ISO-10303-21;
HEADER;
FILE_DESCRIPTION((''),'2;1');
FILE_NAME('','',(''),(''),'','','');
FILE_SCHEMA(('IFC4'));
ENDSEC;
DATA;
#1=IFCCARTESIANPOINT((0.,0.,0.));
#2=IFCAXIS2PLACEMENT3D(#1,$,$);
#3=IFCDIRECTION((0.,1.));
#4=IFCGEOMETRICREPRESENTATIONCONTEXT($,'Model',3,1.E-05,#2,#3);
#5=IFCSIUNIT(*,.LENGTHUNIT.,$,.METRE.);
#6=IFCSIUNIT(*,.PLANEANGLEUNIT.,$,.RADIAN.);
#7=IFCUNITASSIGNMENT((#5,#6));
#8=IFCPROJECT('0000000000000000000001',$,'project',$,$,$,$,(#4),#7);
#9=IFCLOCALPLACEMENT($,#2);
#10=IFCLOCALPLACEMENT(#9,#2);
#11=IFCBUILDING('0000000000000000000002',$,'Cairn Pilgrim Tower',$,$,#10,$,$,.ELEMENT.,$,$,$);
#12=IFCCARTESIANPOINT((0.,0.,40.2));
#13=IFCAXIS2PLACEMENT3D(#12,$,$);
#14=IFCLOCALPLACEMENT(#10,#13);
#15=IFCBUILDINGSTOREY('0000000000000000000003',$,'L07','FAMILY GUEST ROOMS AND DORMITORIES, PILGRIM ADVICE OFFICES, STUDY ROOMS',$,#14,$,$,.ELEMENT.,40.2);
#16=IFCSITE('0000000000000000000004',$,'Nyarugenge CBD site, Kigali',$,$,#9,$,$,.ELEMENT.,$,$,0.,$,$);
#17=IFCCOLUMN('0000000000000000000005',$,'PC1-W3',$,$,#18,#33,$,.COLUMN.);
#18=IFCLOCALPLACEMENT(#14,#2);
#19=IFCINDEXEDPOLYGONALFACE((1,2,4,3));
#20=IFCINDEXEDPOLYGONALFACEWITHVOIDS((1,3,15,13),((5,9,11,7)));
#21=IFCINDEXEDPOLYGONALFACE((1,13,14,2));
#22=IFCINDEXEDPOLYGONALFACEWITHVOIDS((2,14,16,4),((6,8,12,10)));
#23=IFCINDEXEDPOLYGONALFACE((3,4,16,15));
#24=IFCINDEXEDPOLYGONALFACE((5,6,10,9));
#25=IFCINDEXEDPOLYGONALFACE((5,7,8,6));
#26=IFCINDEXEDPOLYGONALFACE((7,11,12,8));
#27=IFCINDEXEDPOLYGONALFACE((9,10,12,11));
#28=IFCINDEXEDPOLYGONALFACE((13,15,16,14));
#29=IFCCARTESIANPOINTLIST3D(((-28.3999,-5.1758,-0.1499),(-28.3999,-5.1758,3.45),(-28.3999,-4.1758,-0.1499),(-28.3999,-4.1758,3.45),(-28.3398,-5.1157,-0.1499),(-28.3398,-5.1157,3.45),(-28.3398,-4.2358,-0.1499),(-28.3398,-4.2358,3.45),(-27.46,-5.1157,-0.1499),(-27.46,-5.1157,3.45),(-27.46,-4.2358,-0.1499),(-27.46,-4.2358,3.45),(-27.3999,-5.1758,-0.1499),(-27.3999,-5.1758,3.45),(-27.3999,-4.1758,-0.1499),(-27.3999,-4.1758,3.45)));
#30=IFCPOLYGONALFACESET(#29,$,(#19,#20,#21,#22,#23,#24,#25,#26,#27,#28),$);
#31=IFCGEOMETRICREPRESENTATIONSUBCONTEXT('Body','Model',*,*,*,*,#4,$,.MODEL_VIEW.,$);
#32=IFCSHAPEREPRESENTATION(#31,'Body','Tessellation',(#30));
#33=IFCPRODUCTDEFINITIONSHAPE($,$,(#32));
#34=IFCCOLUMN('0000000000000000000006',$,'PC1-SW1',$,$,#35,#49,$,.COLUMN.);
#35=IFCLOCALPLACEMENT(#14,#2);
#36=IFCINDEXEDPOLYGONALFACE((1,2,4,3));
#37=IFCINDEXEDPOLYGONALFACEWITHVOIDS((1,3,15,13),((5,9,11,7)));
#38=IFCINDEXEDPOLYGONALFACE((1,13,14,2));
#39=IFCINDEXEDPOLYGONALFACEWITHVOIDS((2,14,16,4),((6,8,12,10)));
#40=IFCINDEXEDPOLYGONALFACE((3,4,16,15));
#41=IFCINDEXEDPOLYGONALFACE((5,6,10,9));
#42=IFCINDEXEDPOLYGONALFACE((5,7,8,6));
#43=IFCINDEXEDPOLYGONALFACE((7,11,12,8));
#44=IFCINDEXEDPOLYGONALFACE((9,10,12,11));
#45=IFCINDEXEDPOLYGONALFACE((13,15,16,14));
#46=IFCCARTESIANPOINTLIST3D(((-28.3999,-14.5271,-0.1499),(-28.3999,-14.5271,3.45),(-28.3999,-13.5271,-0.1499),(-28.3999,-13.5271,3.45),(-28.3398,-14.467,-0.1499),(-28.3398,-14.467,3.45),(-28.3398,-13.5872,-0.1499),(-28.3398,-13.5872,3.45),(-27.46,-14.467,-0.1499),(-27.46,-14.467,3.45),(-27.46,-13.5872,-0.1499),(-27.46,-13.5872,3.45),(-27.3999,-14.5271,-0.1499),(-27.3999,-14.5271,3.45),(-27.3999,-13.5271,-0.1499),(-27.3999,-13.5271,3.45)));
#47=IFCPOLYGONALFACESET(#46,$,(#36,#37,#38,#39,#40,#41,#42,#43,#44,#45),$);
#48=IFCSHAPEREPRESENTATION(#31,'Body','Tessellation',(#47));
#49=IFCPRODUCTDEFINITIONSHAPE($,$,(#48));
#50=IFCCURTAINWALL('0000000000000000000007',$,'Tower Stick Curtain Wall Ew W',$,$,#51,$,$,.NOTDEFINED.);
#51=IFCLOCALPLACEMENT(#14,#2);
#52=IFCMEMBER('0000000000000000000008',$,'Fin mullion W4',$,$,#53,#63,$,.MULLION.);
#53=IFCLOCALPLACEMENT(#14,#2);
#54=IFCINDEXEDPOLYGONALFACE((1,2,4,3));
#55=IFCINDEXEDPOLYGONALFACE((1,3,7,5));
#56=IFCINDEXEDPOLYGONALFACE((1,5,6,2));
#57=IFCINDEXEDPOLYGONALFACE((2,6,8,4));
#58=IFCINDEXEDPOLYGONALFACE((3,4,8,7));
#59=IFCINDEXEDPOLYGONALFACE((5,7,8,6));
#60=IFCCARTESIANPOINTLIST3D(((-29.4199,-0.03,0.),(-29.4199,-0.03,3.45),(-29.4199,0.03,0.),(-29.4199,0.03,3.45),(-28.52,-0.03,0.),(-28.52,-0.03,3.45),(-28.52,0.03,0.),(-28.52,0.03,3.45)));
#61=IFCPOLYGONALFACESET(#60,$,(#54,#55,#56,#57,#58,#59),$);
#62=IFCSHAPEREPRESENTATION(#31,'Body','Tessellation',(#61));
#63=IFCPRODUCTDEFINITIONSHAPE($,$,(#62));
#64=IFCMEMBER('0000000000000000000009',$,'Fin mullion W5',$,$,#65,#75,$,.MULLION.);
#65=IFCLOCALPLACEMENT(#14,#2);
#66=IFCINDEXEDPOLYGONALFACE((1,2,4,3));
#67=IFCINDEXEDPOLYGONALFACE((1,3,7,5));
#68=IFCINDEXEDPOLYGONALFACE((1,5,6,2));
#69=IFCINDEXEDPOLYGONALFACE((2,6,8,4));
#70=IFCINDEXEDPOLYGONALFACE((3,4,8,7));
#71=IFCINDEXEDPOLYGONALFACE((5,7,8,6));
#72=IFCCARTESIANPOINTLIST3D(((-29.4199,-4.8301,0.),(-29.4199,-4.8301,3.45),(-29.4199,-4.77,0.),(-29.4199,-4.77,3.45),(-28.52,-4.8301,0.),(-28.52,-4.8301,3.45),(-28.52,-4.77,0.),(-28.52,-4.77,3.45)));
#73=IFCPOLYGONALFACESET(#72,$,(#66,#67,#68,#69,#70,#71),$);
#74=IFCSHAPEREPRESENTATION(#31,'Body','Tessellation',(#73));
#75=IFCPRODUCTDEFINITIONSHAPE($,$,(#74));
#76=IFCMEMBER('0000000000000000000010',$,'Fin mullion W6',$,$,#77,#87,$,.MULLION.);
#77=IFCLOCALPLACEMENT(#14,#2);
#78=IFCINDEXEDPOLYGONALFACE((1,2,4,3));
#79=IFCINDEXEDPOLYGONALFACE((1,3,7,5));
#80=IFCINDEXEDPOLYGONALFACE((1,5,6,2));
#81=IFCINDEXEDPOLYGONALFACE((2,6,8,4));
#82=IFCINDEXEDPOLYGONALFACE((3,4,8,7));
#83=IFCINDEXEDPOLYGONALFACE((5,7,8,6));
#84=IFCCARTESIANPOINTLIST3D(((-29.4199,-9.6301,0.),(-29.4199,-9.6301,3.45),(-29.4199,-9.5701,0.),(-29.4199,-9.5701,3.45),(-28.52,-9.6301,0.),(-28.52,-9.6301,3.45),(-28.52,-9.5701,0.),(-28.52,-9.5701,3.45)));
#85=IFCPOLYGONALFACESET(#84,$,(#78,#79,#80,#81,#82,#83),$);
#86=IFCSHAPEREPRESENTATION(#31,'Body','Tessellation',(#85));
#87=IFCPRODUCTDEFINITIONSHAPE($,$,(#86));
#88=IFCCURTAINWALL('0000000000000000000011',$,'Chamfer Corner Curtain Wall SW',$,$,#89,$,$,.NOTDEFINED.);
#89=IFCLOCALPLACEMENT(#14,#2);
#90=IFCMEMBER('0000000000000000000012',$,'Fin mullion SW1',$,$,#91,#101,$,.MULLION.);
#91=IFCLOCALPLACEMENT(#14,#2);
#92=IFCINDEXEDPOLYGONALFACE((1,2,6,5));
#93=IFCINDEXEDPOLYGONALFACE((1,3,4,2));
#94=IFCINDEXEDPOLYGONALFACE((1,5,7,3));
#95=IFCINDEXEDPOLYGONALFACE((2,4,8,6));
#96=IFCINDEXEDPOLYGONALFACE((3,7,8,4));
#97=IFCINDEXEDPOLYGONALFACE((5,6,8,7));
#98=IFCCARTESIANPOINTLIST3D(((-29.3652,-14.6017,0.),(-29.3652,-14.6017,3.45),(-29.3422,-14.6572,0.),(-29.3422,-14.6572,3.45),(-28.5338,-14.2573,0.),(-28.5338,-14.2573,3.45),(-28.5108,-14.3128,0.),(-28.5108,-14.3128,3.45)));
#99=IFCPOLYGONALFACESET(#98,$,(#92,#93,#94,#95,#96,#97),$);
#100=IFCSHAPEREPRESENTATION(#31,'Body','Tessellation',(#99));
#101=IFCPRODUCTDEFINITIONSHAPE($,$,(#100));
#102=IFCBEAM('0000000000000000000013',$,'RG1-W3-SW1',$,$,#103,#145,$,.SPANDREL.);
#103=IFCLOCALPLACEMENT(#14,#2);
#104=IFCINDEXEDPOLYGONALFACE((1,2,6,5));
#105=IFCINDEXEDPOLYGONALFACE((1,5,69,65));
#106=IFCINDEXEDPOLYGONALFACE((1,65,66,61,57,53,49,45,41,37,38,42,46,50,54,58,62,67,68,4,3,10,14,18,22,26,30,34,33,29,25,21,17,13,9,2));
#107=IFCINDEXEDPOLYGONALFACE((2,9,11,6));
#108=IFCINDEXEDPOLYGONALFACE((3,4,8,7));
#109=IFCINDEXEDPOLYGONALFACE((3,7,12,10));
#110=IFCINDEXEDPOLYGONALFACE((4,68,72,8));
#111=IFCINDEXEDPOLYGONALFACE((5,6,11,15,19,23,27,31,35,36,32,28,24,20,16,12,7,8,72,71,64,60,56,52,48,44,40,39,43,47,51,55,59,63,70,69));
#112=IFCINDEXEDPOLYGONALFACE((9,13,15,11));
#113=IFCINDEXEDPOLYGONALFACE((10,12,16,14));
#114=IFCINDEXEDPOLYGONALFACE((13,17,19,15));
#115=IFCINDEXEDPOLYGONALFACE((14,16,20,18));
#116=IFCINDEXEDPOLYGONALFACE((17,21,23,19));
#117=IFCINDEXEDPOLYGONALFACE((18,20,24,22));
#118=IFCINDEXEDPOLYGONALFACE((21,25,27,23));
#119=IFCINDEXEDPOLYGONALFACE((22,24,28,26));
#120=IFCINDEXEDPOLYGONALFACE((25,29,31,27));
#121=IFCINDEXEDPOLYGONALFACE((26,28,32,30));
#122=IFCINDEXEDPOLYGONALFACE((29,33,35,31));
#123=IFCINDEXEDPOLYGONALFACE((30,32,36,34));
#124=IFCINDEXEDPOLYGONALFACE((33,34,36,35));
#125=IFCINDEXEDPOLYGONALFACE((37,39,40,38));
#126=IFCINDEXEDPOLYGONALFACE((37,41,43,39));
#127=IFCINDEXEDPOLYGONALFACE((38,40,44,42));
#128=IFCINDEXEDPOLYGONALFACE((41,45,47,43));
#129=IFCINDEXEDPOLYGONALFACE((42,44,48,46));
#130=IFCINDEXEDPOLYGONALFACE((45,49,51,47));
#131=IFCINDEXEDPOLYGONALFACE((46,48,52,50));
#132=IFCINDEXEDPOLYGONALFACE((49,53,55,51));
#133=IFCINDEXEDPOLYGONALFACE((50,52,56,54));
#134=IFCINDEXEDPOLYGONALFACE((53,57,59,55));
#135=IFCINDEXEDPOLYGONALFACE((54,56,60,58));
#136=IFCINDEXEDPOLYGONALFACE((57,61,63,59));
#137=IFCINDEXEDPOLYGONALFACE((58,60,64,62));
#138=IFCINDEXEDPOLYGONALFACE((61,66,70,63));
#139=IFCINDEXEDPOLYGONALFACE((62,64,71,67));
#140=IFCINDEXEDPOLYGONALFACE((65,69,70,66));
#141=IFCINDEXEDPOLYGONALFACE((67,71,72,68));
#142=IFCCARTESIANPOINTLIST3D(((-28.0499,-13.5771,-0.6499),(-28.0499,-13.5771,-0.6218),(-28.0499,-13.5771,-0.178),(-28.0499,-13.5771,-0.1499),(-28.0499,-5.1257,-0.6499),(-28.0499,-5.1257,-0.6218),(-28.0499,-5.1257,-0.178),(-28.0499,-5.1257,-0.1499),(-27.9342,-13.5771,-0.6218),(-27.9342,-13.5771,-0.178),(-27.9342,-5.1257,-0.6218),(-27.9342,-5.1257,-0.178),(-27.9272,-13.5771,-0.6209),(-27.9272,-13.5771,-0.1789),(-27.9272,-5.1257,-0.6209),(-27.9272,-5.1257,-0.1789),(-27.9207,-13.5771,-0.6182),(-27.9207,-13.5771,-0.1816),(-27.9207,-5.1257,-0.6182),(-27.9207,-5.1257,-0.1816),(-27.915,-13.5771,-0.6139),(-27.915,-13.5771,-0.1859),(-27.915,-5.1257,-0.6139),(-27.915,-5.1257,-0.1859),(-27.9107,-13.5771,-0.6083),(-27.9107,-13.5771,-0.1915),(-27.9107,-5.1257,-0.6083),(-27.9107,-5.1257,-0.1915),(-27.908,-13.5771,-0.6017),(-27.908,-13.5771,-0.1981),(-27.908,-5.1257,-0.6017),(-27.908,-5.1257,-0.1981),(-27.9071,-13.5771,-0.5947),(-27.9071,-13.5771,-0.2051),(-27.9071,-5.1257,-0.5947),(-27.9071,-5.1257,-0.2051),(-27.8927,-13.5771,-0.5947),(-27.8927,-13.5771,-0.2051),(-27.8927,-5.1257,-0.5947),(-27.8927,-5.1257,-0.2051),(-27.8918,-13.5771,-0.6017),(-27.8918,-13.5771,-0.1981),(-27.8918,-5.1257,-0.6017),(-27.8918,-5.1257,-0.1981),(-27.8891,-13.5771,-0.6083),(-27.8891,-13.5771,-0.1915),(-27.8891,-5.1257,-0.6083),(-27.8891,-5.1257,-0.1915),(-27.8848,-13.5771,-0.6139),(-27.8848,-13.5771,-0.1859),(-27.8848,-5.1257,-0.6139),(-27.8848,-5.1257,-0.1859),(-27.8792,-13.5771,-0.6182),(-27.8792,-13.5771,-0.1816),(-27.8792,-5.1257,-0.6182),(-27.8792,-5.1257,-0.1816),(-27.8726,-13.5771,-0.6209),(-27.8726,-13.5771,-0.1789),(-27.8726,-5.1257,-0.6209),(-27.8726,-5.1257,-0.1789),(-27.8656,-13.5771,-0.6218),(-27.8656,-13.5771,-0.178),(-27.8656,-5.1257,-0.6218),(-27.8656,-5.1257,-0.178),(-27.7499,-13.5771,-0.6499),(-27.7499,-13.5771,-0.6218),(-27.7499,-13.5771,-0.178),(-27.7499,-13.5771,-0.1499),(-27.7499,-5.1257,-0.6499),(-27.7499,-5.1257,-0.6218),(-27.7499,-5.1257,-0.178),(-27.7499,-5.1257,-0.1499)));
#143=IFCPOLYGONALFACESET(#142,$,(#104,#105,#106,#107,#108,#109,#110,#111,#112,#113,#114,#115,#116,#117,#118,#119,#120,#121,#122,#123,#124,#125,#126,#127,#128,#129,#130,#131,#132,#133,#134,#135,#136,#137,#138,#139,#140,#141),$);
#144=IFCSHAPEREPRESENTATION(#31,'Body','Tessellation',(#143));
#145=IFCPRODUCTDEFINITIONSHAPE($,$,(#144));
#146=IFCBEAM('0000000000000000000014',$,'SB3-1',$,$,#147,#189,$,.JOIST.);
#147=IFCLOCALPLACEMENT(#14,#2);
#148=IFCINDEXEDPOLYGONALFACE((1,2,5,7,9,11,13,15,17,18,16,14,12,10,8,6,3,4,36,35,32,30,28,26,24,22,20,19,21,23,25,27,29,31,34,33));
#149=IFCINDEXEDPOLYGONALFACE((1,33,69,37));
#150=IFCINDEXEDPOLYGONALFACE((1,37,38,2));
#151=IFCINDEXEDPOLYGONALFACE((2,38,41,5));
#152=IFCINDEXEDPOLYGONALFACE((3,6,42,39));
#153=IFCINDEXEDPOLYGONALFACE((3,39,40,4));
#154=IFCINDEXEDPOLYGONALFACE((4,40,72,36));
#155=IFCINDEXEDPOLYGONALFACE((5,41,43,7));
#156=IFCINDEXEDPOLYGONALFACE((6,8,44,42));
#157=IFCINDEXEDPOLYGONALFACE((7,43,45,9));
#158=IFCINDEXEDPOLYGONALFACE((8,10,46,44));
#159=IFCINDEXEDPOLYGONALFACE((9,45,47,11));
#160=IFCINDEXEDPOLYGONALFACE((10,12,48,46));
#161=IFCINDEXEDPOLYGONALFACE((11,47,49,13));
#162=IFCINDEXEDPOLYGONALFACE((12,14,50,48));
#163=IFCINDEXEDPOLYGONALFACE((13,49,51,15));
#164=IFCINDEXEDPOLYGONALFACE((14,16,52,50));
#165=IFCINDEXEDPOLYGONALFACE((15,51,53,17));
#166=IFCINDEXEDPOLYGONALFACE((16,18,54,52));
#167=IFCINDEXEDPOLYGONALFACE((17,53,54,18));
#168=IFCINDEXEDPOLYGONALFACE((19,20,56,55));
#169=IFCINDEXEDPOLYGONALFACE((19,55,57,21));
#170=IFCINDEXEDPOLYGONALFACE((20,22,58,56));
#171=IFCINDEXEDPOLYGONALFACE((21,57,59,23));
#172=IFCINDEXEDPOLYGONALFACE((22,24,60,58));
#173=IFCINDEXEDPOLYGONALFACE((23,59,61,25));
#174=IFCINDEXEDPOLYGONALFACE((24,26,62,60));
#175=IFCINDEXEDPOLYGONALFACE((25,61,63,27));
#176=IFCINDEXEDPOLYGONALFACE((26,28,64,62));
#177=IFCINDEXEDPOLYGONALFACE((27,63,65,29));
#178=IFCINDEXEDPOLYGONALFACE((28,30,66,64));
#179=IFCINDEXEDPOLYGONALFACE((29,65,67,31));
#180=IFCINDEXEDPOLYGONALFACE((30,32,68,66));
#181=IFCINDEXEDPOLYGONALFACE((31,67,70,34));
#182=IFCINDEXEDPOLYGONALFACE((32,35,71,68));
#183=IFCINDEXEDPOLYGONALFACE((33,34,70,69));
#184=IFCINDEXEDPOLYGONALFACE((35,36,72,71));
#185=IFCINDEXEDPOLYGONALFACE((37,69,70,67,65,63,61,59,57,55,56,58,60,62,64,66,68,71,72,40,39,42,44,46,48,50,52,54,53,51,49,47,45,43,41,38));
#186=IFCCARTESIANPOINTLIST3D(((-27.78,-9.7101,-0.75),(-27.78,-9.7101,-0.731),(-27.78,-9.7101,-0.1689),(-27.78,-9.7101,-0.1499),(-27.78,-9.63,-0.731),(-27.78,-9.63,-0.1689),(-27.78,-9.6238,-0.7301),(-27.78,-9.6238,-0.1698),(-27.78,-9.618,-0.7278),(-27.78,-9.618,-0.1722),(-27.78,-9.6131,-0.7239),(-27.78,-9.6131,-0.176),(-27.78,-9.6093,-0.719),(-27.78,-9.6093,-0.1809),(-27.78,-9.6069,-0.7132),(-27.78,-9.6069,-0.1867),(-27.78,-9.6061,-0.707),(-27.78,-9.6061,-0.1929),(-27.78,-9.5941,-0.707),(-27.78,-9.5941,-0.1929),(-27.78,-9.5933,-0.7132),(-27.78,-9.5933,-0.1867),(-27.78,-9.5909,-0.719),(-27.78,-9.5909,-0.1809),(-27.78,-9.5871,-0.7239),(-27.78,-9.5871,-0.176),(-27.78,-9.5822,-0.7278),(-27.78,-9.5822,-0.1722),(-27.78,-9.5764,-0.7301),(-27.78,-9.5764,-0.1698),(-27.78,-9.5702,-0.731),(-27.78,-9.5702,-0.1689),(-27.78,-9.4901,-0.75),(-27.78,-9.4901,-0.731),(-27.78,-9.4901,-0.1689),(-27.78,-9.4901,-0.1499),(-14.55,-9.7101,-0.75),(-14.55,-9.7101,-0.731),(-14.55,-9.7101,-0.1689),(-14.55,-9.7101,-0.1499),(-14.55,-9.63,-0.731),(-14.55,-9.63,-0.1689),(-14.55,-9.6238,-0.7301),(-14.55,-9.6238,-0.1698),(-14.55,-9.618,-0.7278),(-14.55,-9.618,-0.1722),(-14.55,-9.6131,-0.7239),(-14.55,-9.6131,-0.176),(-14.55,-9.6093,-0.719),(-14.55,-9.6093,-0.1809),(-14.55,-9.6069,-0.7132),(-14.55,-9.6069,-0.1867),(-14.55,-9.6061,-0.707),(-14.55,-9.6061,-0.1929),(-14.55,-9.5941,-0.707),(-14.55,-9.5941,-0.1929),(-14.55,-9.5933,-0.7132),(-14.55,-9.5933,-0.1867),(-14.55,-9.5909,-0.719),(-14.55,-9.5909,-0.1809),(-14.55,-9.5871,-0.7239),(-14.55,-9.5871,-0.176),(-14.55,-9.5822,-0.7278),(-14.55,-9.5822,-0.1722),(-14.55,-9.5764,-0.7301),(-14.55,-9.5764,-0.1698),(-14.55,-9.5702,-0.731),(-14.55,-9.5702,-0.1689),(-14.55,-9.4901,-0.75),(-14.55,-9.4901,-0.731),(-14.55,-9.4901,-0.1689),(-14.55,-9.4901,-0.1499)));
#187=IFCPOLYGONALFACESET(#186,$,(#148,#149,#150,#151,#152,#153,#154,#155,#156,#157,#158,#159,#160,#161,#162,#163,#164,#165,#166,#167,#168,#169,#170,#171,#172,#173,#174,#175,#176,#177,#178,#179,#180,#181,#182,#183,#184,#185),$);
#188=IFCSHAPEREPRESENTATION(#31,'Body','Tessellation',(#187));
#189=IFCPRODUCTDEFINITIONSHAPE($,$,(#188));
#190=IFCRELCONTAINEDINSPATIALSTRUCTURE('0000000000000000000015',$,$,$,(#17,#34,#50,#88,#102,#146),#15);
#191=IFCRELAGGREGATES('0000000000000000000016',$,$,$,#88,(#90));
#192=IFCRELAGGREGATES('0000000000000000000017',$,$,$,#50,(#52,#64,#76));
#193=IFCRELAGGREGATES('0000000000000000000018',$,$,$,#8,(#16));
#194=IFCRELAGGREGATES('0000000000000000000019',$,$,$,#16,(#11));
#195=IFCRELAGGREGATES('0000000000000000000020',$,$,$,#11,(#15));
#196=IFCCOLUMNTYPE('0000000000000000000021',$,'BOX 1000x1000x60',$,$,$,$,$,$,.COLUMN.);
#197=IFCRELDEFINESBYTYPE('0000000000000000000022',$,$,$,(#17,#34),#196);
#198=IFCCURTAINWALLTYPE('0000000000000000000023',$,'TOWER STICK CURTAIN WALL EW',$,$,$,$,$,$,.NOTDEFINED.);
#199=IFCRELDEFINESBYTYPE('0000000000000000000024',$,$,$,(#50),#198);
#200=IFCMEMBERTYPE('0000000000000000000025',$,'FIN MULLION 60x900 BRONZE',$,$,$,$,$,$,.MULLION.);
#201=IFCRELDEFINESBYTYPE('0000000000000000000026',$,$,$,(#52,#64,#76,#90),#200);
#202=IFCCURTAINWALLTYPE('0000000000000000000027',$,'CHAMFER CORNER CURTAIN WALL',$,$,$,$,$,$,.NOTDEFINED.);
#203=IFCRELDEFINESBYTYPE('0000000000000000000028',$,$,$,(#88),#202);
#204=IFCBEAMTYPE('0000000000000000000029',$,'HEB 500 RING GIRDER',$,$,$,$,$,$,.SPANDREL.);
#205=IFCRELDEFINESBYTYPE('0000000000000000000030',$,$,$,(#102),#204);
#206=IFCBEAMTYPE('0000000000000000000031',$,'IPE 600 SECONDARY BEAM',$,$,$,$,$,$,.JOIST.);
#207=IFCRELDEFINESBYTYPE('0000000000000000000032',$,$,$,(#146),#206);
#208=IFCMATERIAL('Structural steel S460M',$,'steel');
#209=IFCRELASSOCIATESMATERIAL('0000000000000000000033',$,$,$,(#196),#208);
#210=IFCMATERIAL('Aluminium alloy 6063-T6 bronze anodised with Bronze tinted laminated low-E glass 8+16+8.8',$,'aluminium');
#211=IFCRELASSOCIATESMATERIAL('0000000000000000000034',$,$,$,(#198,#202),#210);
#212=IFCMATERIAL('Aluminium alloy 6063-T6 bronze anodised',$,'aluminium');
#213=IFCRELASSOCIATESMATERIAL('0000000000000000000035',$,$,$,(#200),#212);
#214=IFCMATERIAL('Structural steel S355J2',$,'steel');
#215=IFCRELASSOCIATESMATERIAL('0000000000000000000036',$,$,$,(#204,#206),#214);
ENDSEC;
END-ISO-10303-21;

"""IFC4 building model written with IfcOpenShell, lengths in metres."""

from ifc_helpers import new_model, si_unit, direction, frame, origin, origin_2d, place, context, subcontext, project, spatial, rectangle, hollow_rectangle, i_section, extrude, material, material_profile, profile_set, type_object, element, aggregate, save


model = new_model("IFC4")

# Units and contexts
model_context = context("Model", 3, precision=1e-05, world=origin(), true_north=direction((0.0, 1.0)))
body_context = subcontext(model_context, "Body", "Model", "MODEL_VIEW")
ifc_project = project(units=[si_unit("LENGTHUNIT", "METRE"), si_unit("PLANEANGLEUNIT", "RADIAN")], contexts=[model_context])

# Site, building, storey
site_placement = place(None, origin())
site = spatial("IfcSite", under=ifc_project, at=site_placement, Name="Nyarugenge CBD site, Kigali", CompositionType="ELEMENT", RefElevation=0.0)
building_placement = place(site_placement, origin())
building = spatial("IfcBuilding", under=site, at=building_placement, Name="Cairn Pilgrim Tower", CompositionType="ELEMENT")
storey_placement = place(building_placement, frame((0.0, 0.0, 40.2)))
storey = spatial("IfcBuildingStorey", under=building, at=storey_placement, Name="L07", Description="FAMILY GUEST ROOMS AND DORMITORIES, PILGRIM ADVICE OFFICES, STUDY ROOMS", CompositionType="ELEMENT", Elevation=40.2)

# Columns
ifc_material_1 = material(Name="Structural steel S460M", Category="steel")
ifc_material_profile_1 = material_profile(ifc_material_1, hollow_rectangle(XDim=1.0, YDim=1.0, WallThickness=0.0601, at=origin_2d()), Name="BOX 1000x1000x60")
ifc_profile_set_1 = profile_set([ifc_material_profile_1], Name="Structural steel S460M")
column_type = type_object("IfcColumnType", Name="BOX 1000x1000x60", PredefinedType="COLUMN", material=ifc_profile_set_1)
for number, where, z_axis, x_axis, name in (
    (1, (-27.8999, -4.6758, -0.1499), (0.0, 0.0, 1.0), (1.0, 0.0, 0.0), "PC1-W3"),
    (2, (-27.8999, -14.0271, -0.1499), (0.0, 0.0, 1.0), (1.0, 0.0, 0.0), "PC1-SW1"),
):
    element("IfcColumn", number, at=place(storey_placement, frame(where, z_axis=z_axis, x_axis=x_axis)), inside=storey, type_object=column_type, Name=name, PredefinedType="COLUMN", context=body_context, shape_type="SweptSolid", body=[
        extrude(hollow_rectangle(XDim=1.0, YDim=1.0, WallThickness=0.0601, at=origin_2d()), origin(), (0.0, 0.0, 1.0), 3.5999),
    ])

# Curtain wall, members
ifc_material_2 = material(Name="Aluminium alloy 6063-T6 bronze anodised with Bronze tinted laminated low-E glass 8+16+8.8", Category="aluminium")
curtain_wall_type_1 = type_object("IfcCurtainWallType", Name="TOWER STICK CURTAIN WALL EW", PredefinedType="NOTDEFINED", material=ifc_material_2)
curtain_wall_1_placement = place(storey_placement, origin())
curtain_wall_1 = element("IfcCurtainWall", 3, at=curtain_wall_1_placement, inside=storey, type_object=curtain_wall_type_1, Name="Tower Stick Curtain Wall Ew W", PredefinedType="NOTDEFINED")
ifc_material_3 = material(Name="Aluminium alloy 6063-T6 bronze anodised", Category="aluminium")
ifc_material_profile_2 = material_profile(ifc_material_3, rectangle(XDim=0.8999, YDim=0.0601, at=origin_2d()), Name="FIN MULLION 60x900 BRONZE")
ifc_profile_set_2 = profile_set([ifc_material_profile_2], Name="Aluminium alloy 6063-T6 bronze anodised")
member_type_1 = type_object("IfcMemberType", Name="FIN MULLION 60x900 BRONZE", PredefinedType="MULLION", material=ifc_profile_set_2)
member_1_placement = place(storey_placement, frame((-28.97, 0.0, 0.0), z_axis=(0.0, 0.0, 1.0), x_axis=(-1.0, 0.0, 0.0)))
member_1 = element("IfcMember", 4, at=member_1_placement, type_object=member_type_1, Name="Fin mullion W4", PredefinedType="MULLION", context=body_context, shape_type="SweptSolid", body=[
    extrude(rectangle(XDim=0.8999, YDim=0.0601, at=origin_2d()), origin(), (0.0, 0.0, 1.0), 3.45),
])
member_2_placement = place(storey_placement, frame((-28.97, -4.8, 0.0), z_axis=(0.0, 0.0, 1.0), x_axis=(-1.0, 0.0, 0.0)))
member_2 = element("IfcMember", 5, at=member_2_placement, type_object=member_type_1, Name="Fin mullion W5", PredefinedType="MULLION", context=body_context, shape_type="SweptSolid", body=[
    extrude(rectangle(XDim=0.8999, YDim=0.0601, at=origin_2d()), origin(), (0.0, 0.0, 1.0), 3.45),
])
member_3_placement = place(storey_placement, frame((-28.97, -9.6001, 0.0), z_axis=(0.0, 0.0, 1.0), x_axis=(-1.0, 0.0, 0.0)))
member_3 = element("IfcMember", 6, at=member_3_placement, type_object=member_type_1, Name="Fin mullion W6", PredefinedType="MULLION", context=body_context, shape_type="SweptSolid", body=[
    extrude(rectangle(XDim=0.8999, YDim=0.0601, at=origin_2d()), origin(), (0.0, 0.0, 1.0), 3.45),
])

# Curtain wall, member
curtain_wall_type_2 = type_object("IfcCurtainWallType", Name="CHAMFER CORNER CURTAIN WALL", PredefinedType="NOTDEFINED", material=ifc_material_2)
curtain_wall_2_placement = place(storey_placement, origin())
curtain_wall_2 = element("IfcCurtainWall", 7, at=curtain_wall_2_placement, inside=storey, type_object=curtain_wall_type_2, Name="Chamfer Corner Curtain Wall SW", PredefinedType="NOTDEFINED")
member_4_placement = place(storey_placement, frame((-28.938, -14.4573, 0.0), z_axis=(0.0, 0.0, 1.0), x_axis=(-0.92388, -0.382683, 0.0)))
member_4 = element("IfcMember", 8, at=member_4_placement, type_object=member_type_1, Name="Fin mullion SW1", PredefinedType="MULLION", context=body_context, shape_type="SweptSolid", body=[
    extrude(rectangle(XDim=0.8999, YDim=0.0601, at=origin_2d()), origin(), (0.0, 0.0, 1.0), 3.45),
])

# Beams
ifc_material_4 = material(Name="Structural steel S355J2", Category="steel")
ifc_material_profile_3 = material_profile(ifc_material_4, i_section(OverallWidth=0.3, OverallDepth=0.5, WebThickness=0.0144, FlangeThickness=0.0281, FilletRadius=0.0271, at=origin_2d()), Name="HEB 500")
ifc_profile_set_3 = profile_set([ifc_material_profile_3], Name="Structural steel S355J2")
beam_type_1 = type_object("IfcBeamType", Name="HEB 500 RING GIRDER", PredefinedType="SPANDREL", material=ifc_profile_set_3)
beam_1_placement = place(storey_placement, frame((-27.8999, -5.1257, -0.3999), z_axis=(0.0, -1.0, 0.0), x_axis=(1.0, 0.0, 0.0)))
element("IfcBeam", 9, at=beam_1_placement, inside=storey, type_object=beam_type_1, Name="RG1-W3-SW1", PredefinedType="SPANDREL", context=body_context, shape_type="SweptSolid", body=[
    extrude(i_section(OverallWidth=0.3, OverallDepth=0.5, WebThickness=0.0144, FlangeThickness=0.0281, FilletRadius=0.0271, at=origin_2d()), origin(), (0.0, 0.0, 1.0), 8.4514),
])
ifc_material_profile_4 = material_profile(ifc_material_4, i_section(OverallWidth=0.22, OverallDepth=0.6001, WebThickness=0.012, FlangeThickness=0.019, FilletRadius=0.0239, at=origin_2d()), Name="IPE 600")
ifc_profile_set_4 = profile_set([ifc_material_profile_4], Name="Structural steel S355J2")
beam_type_2 = type_object("IfcBeamType", Name="IPE 600 SECONDARY BEAM", PredefinedType="JOIST", material=ifc_profile_set_4)
for number, where, z_axis, x_axis, name in (
    (10, (-27.78, -9.6001, -0.45), (1.0, 0.0, 0.0), (0.0, 1.0, 0.0), "SB3-1"),
):
    element("IfcBeam", number, at=place(storey_placement, frame(where, z_axis=z_axis, x_axis=x_axis)), inside=storey, type_object=beam_type_2, Name=name, PredefinedType="JOIST", context=body_context, shape_type="SweptSolid", body=[
        extrude(i_section(OverallWidth=0.22, OverallDepth=0.6001, WebThickness=0.012, FlangeThickness=0.019, FilletRadius=0.0239, at=origin_2d()), origin(), (0.0, 0.0, 1.0), 13.23),
    ])

aggregate(curtain_wall_2, [member_4])

aggregate(curtain_wall_1, [member_1, member_2, member_3])

save(model, "model.ifc")
